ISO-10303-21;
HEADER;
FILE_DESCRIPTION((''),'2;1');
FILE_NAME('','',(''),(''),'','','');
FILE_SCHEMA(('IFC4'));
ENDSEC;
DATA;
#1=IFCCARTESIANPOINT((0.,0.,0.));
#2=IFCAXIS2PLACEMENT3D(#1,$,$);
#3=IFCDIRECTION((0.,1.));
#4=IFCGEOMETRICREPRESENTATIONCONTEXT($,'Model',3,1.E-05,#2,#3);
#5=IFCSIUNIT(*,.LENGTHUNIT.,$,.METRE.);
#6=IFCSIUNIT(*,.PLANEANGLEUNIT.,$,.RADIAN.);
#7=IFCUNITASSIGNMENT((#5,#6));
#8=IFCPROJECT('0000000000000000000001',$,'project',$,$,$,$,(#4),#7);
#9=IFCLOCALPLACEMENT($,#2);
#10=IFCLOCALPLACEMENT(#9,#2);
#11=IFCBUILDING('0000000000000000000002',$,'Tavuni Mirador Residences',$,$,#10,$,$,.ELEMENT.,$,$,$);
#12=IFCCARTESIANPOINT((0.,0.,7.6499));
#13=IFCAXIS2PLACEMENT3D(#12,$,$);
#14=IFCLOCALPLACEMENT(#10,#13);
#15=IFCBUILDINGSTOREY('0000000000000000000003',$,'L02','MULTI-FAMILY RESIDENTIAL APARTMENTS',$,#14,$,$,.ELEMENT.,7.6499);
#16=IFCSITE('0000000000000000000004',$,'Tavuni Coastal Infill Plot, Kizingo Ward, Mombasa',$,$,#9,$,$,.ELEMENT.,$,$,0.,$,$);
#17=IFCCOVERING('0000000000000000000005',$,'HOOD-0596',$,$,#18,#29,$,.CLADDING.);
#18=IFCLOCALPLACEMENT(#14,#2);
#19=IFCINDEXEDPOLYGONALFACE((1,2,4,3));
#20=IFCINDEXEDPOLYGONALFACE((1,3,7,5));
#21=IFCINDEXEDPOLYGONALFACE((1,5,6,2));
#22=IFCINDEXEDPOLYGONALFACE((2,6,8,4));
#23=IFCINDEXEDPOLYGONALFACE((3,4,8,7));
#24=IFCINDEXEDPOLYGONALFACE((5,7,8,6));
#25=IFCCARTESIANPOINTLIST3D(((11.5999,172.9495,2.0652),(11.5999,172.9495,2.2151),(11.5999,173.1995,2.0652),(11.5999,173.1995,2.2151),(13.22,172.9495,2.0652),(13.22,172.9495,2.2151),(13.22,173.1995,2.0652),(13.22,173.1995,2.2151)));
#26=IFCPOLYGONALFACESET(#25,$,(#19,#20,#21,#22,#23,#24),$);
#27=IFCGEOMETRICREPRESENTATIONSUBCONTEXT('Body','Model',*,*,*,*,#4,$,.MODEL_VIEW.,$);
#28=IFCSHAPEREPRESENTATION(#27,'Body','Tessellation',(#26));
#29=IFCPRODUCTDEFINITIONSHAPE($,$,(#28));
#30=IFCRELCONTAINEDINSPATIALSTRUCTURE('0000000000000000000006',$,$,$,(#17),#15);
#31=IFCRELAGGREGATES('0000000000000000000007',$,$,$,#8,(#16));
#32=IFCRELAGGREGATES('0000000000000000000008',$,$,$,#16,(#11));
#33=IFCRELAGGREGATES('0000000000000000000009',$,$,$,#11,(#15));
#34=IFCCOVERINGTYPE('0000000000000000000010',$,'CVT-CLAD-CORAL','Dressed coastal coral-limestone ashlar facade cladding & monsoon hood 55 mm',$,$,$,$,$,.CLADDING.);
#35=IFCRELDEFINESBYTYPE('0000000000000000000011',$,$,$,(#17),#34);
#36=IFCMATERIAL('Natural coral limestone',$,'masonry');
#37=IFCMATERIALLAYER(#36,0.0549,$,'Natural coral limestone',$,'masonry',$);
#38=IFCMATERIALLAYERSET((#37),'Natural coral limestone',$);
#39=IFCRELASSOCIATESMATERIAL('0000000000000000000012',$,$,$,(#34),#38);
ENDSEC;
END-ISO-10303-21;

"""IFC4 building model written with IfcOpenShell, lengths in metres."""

from ifc_helpers import new_model, si_unit, direction, frame, origin, origin_2d, place, context, subcontext, project, spatial, rectangle, extrude, material, layer, layer_set, type_object, element, save


model = new_model("IFC4")

# Units and contexts
model_context = context("Model", 3, precision=1e-05, world=origin(), true_north=direction((0.0, 1.0)))
body_context = subcontext(model_context, "Body", "Model", "MODEL_VIEW")
ifc_project = project(units=[si_unit("LENGTHUNIT", "METRE"), si_unit("PLANEANGLEUNIT", "RADIAN")], contexts=[model_context])

# Site, building, storey
site_placement = place(None, origin())
site = spatial("IfcSite", under=ifc_project, at=site_placement, Name="Tavuni Coastal Infill Plot, Kizingo Ward, Mombasa", CompositionType="ELEMENT", RefElevation=0.0)
building_placement = place(site_placement, origin())
building = spatial("IfcBuilding", under=site, at=building_placement, Name="Tavuni Mirador Residences", CompositionType="ELEMENT")
storey_placement = place(building_placement, frame((0.0, 0.0, 7.6499)))
storey = spatial("IfcBuildingStorey", under=building, at=storey_placement, Name="L02", Description="MULTI-FAMILY RESIDENTIAL APARTMENTS", CompositionType="ELEMENT", Elevation=7.6499)

# Covering
ifc_material_1 = material(Name="Natural coral limestone", Category="masonry")
ifc_layer_1 = layer(ifc_material_1, 0.0549, Name="Natural coral limestone", Category="masonry")
ifc_layer_set_1 = layer_set([ifc_layer_1], Name="Natural coral limestone")
covering_type = type_object("IfcCoveringType", Name="CVT-CLAD-CORAL", Description="Dressed coastal coral-limestone ashlar facade cladding & monsoon hood 55 mm", PredefinedType="CLADDING", material=ifc_layer_set_1)
covering_1_placement = place(storey_placement, frame((12.4099, 173.0745, 2.0652), z_axis=(0.0, 0.0, 1.0), x_axis=(-1.0, 0.0, 0.0)))
element("IfcCovering", 1, at=covering_1_placement, inside=storey, type_object=covering_type, Name="HOOD-0596", PredefinedType="CLADDING", context=body_context, shape_type="SweptSolid", body=[
    extrude(rectangle(XDim=1.6201, YDim=0.25, at=origin_2d()), origin(), (0.0, 0.0, 1.0), 0.1499),
])

save(model, "model.ifc")
